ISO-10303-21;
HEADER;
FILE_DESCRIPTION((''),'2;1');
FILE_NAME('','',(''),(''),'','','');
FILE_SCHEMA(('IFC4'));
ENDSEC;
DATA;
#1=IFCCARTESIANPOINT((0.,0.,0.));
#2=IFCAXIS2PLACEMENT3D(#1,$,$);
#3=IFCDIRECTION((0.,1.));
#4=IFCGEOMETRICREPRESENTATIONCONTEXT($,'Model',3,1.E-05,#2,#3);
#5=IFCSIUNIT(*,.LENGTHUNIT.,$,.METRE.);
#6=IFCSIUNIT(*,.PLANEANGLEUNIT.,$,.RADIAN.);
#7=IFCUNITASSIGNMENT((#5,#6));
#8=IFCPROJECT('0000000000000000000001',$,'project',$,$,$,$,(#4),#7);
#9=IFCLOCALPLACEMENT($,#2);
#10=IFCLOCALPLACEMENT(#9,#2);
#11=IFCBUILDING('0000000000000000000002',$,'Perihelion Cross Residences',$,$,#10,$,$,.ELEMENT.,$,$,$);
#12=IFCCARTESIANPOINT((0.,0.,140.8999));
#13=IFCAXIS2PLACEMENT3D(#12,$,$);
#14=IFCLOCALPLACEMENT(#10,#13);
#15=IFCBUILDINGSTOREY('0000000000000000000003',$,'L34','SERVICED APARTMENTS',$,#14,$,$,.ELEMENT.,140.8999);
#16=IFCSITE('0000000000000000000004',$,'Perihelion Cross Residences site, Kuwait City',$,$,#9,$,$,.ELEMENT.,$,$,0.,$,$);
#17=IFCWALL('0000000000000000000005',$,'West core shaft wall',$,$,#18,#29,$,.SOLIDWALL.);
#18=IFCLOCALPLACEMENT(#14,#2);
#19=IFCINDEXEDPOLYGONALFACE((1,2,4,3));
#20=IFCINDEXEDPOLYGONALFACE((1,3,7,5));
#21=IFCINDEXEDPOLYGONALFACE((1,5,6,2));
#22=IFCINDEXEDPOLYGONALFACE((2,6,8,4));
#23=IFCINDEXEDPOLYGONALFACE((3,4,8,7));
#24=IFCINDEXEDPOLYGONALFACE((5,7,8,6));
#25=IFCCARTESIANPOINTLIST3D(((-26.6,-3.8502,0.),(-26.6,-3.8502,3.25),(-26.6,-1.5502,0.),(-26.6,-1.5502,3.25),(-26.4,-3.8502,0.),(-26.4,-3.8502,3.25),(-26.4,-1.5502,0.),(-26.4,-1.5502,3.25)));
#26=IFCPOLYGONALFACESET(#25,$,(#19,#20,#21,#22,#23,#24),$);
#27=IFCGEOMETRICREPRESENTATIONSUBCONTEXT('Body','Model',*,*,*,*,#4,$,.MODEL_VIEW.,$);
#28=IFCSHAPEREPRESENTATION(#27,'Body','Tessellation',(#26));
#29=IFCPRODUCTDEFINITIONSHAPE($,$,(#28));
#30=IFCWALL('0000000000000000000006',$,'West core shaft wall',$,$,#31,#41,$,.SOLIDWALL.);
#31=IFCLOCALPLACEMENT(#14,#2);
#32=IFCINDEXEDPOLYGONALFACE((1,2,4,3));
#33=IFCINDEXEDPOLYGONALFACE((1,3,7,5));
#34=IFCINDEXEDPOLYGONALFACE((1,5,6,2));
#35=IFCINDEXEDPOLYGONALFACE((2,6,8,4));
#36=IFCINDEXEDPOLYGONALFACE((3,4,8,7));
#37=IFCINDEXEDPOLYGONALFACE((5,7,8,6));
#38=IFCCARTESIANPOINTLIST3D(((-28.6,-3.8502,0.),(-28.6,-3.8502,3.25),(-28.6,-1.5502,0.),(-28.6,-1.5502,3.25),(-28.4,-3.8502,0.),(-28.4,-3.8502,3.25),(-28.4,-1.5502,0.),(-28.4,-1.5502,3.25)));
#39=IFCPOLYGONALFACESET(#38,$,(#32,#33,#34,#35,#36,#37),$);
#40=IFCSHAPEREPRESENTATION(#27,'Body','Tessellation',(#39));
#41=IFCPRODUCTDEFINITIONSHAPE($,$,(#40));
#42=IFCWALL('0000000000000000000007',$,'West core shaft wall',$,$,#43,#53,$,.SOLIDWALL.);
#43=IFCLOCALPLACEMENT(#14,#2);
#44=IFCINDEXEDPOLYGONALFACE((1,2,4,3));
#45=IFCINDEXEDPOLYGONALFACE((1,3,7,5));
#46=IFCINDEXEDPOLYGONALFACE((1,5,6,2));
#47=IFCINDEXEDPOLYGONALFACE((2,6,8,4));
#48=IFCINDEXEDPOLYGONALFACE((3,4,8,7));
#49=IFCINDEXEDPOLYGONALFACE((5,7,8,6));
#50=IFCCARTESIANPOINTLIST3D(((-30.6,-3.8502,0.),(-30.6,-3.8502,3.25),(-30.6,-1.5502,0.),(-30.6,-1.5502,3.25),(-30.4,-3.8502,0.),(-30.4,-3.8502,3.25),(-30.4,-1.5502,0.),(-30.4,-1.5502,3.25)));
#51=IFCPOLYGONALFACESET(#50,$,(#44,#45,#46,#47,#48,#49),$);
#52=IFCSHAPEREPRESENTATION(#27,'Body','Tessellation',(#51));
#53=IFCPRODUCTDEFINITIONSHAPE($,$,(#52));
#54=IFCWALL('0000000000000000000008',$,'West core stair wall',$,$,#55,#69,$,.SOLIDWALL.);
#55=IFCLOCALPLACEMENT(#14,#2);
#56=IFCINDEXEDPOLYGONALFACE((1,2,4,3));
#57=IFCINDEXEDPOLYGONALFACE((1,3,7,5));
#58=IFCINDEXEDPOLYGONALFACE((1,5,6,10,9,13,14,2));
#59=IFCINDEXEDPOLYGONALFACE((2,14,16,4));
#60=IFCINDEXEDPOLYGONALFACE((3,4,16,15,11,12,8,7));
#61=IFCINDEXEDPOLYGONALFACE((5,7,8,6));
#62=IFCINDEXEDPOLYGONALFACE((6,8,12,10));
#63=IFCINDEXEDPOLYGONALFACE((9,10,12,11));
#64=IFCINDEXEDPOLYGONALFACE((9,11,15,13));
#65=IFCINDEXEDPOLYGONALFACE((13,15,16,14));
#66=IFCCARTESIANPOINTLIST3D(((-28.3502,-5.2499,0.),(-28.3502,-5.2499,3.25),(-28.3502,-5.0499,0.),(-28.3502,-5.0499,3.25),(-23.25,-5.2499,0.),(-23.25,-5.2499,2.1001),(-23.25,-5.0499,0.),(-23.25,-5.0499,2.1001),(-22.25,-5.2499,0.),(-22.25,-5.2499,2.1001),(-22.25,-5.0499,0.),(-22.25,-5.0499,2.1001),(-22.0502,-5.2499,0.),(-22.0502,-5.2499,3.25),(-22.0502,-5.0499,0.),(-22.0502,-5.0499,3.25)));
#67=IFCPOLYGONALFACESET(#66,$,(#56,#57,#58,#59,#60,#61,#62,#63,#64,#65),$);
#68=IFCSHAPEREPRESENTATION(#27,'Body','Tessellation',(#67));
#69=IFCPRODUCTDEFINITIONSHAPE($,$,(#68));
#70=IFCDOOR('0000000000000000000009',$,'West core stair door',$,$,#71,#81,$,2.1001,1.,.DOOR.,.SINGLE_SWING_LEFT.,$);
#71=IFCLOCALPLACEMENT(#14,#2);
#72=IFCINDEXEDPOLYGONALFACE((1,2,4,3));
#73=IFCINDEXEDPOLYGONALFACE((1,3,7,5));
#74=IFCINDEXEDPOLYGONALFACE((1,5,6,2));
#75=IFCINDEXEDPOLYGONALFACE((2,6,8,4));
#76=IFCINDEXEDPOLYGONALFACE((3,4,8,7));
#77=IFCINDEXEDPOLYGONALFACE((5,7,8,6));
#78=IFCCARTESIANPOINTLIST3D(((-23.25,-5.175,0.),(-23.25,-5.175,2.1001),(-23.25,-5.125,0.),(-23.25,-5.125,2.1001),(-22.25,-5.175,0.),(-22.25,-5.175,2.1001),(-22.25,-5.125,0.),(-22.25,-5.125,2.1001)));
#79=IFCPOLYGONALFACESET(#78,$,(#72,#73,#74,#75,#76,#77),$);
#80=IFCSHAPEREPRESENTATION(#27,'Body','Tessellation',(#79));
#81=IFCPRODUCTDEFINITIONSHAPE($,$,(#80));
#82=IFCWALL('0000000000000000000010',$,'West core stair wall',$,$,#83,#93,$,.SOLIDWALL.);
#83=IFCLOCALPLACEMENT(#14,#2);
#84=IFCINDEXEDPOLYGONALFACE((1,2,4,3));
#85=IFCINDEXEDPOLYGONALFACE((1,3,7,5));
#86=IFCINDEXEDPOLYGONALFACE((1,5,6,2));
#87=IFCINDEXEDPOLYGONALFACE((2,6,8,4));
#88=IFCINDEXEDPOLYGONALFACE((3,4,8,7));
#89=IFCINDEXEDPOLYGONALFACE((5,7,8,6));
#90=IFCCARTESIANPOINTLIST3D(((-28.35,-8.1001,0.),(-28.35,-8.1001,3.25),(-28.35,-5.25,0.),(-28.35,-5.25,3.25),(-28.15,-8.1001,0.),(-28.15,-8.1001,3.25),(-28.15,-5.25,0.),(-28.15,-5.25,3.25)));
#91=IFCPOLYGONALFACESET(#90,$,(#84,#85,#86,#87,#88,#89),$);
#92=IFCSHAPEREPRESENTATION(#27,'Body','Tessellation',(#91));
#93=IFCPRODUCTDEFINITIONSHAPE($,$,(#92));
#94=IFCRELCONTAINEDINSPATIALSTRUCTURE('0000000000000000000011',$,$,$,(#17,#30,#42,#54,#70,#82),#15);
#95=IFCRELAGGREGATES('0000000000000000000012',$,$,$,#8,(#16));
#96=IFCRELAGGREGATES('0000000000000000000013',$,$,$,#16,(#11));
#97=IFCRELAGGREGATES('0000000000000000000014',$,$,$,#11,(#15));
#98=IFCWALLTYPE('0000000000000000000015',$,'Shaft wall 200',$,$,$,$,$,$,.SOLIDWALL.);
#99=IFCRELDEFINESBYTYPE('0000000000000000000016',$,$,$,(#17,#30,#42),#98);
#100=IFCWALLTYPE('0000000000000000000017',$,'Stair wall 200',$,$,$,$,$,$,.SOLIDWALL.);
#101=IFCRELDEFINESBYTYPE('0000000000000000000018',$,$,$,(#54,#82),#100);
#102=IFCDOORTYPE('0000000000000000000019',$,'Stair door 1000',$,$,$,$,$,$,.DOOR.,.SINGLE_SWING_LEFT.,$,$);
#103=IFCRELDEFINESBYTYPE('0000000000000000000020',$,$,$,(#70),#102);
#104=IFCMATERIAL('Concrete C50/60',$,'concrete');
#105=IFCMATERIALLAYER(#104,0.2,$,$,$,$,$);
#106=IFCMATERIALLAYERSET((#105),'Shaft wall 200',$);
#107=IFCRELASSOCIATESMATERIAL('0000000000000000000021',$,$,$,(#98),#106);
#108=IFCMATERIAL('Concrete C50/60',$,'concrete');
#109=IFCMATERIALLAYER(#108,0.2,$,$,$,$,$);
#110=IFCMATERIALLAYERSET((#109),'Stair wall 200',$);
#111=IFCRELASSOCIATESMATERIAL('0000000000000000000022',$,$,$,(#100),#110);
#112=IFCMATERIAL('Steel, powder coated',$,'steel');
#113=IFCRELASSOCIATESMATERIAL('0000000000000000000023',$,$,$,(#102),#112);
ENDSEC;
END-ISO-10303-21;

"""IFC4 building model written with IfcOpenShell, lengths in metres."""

from ifc_helpers import new_model, si_unit, direction, frame, frame_2d, origin, place, context, subcontext, project, spatial, rectangle, extrude, material, layer, layer_set, type_object, element, fill, save


model = new_model("IFC4")

# Units and contexts
model_context = context("Model", 3, precision=1e-05, world=origin(), true_north=direction((0.0, 1.0)))
body_context = subcontext(model_context, "Body", "Model", "MODEL_VIEW")
ifc_project = project(units=[si_unit("LENGTHUNIT", "METRE"), si_unit("PLANEANGLEUNIT", "RADIAN")], contexts=[model_context])

# Site, building, storey
site_placement = place(None, origin())
site = spatial("IfcSite", under=ifc_project, at=site_placement, Name="Perihelion Cross Residences site, Kuwait City", CompositionType="ELEMENT", RefElevation=0.0)
building_placement = place(site_placement, origin())
building = spatial("IfcBuilding", under=site, at=building_placement, Name="Perihelion Cross Residences", CompositionType="ELEMENT")
storey_placement = place(building_placement, frame((0.0, 0.0, 140.8999)))
storey = spatial("IfcBuildingStorey", under=building, at=storey_placement, Name="L34", Description="SERVICED APARTMENTS", CompositionType="ELEMENT", Elevation=140.8999)

# Shared definitions
ifc_material_1 = material(Name="Concrete C50/60", Category="concrete")
ifc_layer_1 = layer(ifc_material_1, 0.2)
ifc_layer_set_1 = layer_set([ifc_layer_1], Name="Shaft wall 200")
wall_type_1 = type_object("IfcWallType", Name="Shaft wall 200", PredefinedType="SOLIDWALL", material=ifc_layer_set_1)

# Walls
for number, where, z_axis, x_axis, name in (
    (1, (-26.5, -3.8501, 0.0), (0.0, 0.0, 1.0), (0.0, 1.0, 0.0), "West core shaft wall"),
    (2, (-28.5, -3.8501, 0.0), (0.0, 0.0, 1.0), (0.0, 1.0, 0.0), "West core shaft wall"),
    (3, (-30.5, -3.8501, 0.0), (0.0, 0.0, 1.0), (0.0, 1.0, 0.0), "West core shaft wall"),
):
    element("IfcWall", number, at=place(storey_placement, frame(where, z_axis=z_axis, x_axis=x_axis)), inside=storey, type_object=wall_type_1, Name=name, PredefinedType="SOLIDWALL", context=body_context, shape_type="SweptSolid", body=[
        extrude(rectangle(XDim=2.3, YDim=0.2, at=frame_2d((1.1499, 0.0))), origin(), (0.0, 0.0, 1.0), 3.25),
    ])

# Wall, opening, door
ifc_material_2 = material(Name="Concrete C50/60", Category="concrete")
ifc_layer_2 = layer(ifc_material_2, 0.2)
ifc_layer_set_2 = layer_set([ifc_layer_2], Name="Stair wall 200")
wall_type_2 = type_object("IfcWallType", Name="Stair wall 200", PredefinedType="SOLIDWALL", material=ifc_layer_set_2)
wall_1_placement = place(storey_placement, frame((-28.3501, -5.1499, 0.0), z_axis=(0.0, 0.0, 1.0), x_axis=(1.0, 0.0, 0.0)))
wall_1 = element("IfcWall", 4, at=wall_1_placement, inside=storey, type_object=wall_type_2, Name="West core stair wall", PredefinedType="SOLIDWALL", context=body_context, shape_type="SweptSolid", body=[
    extrude(rectangle(XDim=6.3, YDim=0.2, at=frame_2d((3.1499, 0.0))), origin(), (0.0, 0.0, 1.0), 3.25),
])
opening_1_placement = place(wall_1_placement, frame((5.1001, 0.0, 0.0)))
opening_1 = element("IfcOpeningElement", 5, at=opening_1_placement, cuts=wall_1, PredefinedType="OPENING", context=body_context, shape_type="SweptSolid", body=[
    extrude(rectangle(XDim=1.0, YDim=2.1001, at=frame_2d((0.5, 1.05))), frame((0.0, 0.1099, 0.0), z_axis=(0.0, -1.0, 0.0), x_axis=(1.0, 0.0, 0.0)), (0.0, 0.0, 1.0), 0.22),
])
ifc_material_3 = material(Name="Steel, powder coated", Category="steel")
door_type_1 = type_object("IfcDoorType", Name="Stair door 1000", OperationType="SINGLE_SWING_LEFT", PredefinedType="DOOR", material=ifc_material_3)
door_1_placement = place(opening_1_placement, origin())
door_1 = element("IfcDoor", 6, at=door_1_placement, inside=storey, type_object=door_type_1, Name="West core stair door", OperationType="SINGLE_SWING_LEFT", OverallHeight=2.1001, OverallWidth=1.0, PredefinedType="DOOR", context=body_context, shape_type="SweptSolid", body=[
    extrude(rectangle(XDim=1.0, YDim=2.1001, at=frame_2d((0.5, 1.05))), frame((0.0, 0.0249, 0.0), z_axis=(0.0, -1.0, 0.0), x_axis=(1.0, 0.0, 0.0)), (0.0, 0.0, 1.0), 0.05),
])
fill(opening_1, door_1)

# Wall
wall_2_placement = place(storey_placement, frame((-28.25, -8.1001, 0.0), z_axis=(0.0, 0.0, 1.0), x_axis=(0.0, 1.0, 0.0)))
element("IfcWall", 7, at=wall_2_placement, inside=storey, type_object=wall_type_2, Name="West core stair wall", PredefinedType="SOLIDWALL", context=body_context, shape_type="SweptSolid", body=[
    extrude(rectangle(XDim=2.8501, YDim=0.2, at=frame_2d((1.425, 0.0))), origin(), (0.0, 0.0, 1.0), 3.25),
])

save(model, "model.ifc")
